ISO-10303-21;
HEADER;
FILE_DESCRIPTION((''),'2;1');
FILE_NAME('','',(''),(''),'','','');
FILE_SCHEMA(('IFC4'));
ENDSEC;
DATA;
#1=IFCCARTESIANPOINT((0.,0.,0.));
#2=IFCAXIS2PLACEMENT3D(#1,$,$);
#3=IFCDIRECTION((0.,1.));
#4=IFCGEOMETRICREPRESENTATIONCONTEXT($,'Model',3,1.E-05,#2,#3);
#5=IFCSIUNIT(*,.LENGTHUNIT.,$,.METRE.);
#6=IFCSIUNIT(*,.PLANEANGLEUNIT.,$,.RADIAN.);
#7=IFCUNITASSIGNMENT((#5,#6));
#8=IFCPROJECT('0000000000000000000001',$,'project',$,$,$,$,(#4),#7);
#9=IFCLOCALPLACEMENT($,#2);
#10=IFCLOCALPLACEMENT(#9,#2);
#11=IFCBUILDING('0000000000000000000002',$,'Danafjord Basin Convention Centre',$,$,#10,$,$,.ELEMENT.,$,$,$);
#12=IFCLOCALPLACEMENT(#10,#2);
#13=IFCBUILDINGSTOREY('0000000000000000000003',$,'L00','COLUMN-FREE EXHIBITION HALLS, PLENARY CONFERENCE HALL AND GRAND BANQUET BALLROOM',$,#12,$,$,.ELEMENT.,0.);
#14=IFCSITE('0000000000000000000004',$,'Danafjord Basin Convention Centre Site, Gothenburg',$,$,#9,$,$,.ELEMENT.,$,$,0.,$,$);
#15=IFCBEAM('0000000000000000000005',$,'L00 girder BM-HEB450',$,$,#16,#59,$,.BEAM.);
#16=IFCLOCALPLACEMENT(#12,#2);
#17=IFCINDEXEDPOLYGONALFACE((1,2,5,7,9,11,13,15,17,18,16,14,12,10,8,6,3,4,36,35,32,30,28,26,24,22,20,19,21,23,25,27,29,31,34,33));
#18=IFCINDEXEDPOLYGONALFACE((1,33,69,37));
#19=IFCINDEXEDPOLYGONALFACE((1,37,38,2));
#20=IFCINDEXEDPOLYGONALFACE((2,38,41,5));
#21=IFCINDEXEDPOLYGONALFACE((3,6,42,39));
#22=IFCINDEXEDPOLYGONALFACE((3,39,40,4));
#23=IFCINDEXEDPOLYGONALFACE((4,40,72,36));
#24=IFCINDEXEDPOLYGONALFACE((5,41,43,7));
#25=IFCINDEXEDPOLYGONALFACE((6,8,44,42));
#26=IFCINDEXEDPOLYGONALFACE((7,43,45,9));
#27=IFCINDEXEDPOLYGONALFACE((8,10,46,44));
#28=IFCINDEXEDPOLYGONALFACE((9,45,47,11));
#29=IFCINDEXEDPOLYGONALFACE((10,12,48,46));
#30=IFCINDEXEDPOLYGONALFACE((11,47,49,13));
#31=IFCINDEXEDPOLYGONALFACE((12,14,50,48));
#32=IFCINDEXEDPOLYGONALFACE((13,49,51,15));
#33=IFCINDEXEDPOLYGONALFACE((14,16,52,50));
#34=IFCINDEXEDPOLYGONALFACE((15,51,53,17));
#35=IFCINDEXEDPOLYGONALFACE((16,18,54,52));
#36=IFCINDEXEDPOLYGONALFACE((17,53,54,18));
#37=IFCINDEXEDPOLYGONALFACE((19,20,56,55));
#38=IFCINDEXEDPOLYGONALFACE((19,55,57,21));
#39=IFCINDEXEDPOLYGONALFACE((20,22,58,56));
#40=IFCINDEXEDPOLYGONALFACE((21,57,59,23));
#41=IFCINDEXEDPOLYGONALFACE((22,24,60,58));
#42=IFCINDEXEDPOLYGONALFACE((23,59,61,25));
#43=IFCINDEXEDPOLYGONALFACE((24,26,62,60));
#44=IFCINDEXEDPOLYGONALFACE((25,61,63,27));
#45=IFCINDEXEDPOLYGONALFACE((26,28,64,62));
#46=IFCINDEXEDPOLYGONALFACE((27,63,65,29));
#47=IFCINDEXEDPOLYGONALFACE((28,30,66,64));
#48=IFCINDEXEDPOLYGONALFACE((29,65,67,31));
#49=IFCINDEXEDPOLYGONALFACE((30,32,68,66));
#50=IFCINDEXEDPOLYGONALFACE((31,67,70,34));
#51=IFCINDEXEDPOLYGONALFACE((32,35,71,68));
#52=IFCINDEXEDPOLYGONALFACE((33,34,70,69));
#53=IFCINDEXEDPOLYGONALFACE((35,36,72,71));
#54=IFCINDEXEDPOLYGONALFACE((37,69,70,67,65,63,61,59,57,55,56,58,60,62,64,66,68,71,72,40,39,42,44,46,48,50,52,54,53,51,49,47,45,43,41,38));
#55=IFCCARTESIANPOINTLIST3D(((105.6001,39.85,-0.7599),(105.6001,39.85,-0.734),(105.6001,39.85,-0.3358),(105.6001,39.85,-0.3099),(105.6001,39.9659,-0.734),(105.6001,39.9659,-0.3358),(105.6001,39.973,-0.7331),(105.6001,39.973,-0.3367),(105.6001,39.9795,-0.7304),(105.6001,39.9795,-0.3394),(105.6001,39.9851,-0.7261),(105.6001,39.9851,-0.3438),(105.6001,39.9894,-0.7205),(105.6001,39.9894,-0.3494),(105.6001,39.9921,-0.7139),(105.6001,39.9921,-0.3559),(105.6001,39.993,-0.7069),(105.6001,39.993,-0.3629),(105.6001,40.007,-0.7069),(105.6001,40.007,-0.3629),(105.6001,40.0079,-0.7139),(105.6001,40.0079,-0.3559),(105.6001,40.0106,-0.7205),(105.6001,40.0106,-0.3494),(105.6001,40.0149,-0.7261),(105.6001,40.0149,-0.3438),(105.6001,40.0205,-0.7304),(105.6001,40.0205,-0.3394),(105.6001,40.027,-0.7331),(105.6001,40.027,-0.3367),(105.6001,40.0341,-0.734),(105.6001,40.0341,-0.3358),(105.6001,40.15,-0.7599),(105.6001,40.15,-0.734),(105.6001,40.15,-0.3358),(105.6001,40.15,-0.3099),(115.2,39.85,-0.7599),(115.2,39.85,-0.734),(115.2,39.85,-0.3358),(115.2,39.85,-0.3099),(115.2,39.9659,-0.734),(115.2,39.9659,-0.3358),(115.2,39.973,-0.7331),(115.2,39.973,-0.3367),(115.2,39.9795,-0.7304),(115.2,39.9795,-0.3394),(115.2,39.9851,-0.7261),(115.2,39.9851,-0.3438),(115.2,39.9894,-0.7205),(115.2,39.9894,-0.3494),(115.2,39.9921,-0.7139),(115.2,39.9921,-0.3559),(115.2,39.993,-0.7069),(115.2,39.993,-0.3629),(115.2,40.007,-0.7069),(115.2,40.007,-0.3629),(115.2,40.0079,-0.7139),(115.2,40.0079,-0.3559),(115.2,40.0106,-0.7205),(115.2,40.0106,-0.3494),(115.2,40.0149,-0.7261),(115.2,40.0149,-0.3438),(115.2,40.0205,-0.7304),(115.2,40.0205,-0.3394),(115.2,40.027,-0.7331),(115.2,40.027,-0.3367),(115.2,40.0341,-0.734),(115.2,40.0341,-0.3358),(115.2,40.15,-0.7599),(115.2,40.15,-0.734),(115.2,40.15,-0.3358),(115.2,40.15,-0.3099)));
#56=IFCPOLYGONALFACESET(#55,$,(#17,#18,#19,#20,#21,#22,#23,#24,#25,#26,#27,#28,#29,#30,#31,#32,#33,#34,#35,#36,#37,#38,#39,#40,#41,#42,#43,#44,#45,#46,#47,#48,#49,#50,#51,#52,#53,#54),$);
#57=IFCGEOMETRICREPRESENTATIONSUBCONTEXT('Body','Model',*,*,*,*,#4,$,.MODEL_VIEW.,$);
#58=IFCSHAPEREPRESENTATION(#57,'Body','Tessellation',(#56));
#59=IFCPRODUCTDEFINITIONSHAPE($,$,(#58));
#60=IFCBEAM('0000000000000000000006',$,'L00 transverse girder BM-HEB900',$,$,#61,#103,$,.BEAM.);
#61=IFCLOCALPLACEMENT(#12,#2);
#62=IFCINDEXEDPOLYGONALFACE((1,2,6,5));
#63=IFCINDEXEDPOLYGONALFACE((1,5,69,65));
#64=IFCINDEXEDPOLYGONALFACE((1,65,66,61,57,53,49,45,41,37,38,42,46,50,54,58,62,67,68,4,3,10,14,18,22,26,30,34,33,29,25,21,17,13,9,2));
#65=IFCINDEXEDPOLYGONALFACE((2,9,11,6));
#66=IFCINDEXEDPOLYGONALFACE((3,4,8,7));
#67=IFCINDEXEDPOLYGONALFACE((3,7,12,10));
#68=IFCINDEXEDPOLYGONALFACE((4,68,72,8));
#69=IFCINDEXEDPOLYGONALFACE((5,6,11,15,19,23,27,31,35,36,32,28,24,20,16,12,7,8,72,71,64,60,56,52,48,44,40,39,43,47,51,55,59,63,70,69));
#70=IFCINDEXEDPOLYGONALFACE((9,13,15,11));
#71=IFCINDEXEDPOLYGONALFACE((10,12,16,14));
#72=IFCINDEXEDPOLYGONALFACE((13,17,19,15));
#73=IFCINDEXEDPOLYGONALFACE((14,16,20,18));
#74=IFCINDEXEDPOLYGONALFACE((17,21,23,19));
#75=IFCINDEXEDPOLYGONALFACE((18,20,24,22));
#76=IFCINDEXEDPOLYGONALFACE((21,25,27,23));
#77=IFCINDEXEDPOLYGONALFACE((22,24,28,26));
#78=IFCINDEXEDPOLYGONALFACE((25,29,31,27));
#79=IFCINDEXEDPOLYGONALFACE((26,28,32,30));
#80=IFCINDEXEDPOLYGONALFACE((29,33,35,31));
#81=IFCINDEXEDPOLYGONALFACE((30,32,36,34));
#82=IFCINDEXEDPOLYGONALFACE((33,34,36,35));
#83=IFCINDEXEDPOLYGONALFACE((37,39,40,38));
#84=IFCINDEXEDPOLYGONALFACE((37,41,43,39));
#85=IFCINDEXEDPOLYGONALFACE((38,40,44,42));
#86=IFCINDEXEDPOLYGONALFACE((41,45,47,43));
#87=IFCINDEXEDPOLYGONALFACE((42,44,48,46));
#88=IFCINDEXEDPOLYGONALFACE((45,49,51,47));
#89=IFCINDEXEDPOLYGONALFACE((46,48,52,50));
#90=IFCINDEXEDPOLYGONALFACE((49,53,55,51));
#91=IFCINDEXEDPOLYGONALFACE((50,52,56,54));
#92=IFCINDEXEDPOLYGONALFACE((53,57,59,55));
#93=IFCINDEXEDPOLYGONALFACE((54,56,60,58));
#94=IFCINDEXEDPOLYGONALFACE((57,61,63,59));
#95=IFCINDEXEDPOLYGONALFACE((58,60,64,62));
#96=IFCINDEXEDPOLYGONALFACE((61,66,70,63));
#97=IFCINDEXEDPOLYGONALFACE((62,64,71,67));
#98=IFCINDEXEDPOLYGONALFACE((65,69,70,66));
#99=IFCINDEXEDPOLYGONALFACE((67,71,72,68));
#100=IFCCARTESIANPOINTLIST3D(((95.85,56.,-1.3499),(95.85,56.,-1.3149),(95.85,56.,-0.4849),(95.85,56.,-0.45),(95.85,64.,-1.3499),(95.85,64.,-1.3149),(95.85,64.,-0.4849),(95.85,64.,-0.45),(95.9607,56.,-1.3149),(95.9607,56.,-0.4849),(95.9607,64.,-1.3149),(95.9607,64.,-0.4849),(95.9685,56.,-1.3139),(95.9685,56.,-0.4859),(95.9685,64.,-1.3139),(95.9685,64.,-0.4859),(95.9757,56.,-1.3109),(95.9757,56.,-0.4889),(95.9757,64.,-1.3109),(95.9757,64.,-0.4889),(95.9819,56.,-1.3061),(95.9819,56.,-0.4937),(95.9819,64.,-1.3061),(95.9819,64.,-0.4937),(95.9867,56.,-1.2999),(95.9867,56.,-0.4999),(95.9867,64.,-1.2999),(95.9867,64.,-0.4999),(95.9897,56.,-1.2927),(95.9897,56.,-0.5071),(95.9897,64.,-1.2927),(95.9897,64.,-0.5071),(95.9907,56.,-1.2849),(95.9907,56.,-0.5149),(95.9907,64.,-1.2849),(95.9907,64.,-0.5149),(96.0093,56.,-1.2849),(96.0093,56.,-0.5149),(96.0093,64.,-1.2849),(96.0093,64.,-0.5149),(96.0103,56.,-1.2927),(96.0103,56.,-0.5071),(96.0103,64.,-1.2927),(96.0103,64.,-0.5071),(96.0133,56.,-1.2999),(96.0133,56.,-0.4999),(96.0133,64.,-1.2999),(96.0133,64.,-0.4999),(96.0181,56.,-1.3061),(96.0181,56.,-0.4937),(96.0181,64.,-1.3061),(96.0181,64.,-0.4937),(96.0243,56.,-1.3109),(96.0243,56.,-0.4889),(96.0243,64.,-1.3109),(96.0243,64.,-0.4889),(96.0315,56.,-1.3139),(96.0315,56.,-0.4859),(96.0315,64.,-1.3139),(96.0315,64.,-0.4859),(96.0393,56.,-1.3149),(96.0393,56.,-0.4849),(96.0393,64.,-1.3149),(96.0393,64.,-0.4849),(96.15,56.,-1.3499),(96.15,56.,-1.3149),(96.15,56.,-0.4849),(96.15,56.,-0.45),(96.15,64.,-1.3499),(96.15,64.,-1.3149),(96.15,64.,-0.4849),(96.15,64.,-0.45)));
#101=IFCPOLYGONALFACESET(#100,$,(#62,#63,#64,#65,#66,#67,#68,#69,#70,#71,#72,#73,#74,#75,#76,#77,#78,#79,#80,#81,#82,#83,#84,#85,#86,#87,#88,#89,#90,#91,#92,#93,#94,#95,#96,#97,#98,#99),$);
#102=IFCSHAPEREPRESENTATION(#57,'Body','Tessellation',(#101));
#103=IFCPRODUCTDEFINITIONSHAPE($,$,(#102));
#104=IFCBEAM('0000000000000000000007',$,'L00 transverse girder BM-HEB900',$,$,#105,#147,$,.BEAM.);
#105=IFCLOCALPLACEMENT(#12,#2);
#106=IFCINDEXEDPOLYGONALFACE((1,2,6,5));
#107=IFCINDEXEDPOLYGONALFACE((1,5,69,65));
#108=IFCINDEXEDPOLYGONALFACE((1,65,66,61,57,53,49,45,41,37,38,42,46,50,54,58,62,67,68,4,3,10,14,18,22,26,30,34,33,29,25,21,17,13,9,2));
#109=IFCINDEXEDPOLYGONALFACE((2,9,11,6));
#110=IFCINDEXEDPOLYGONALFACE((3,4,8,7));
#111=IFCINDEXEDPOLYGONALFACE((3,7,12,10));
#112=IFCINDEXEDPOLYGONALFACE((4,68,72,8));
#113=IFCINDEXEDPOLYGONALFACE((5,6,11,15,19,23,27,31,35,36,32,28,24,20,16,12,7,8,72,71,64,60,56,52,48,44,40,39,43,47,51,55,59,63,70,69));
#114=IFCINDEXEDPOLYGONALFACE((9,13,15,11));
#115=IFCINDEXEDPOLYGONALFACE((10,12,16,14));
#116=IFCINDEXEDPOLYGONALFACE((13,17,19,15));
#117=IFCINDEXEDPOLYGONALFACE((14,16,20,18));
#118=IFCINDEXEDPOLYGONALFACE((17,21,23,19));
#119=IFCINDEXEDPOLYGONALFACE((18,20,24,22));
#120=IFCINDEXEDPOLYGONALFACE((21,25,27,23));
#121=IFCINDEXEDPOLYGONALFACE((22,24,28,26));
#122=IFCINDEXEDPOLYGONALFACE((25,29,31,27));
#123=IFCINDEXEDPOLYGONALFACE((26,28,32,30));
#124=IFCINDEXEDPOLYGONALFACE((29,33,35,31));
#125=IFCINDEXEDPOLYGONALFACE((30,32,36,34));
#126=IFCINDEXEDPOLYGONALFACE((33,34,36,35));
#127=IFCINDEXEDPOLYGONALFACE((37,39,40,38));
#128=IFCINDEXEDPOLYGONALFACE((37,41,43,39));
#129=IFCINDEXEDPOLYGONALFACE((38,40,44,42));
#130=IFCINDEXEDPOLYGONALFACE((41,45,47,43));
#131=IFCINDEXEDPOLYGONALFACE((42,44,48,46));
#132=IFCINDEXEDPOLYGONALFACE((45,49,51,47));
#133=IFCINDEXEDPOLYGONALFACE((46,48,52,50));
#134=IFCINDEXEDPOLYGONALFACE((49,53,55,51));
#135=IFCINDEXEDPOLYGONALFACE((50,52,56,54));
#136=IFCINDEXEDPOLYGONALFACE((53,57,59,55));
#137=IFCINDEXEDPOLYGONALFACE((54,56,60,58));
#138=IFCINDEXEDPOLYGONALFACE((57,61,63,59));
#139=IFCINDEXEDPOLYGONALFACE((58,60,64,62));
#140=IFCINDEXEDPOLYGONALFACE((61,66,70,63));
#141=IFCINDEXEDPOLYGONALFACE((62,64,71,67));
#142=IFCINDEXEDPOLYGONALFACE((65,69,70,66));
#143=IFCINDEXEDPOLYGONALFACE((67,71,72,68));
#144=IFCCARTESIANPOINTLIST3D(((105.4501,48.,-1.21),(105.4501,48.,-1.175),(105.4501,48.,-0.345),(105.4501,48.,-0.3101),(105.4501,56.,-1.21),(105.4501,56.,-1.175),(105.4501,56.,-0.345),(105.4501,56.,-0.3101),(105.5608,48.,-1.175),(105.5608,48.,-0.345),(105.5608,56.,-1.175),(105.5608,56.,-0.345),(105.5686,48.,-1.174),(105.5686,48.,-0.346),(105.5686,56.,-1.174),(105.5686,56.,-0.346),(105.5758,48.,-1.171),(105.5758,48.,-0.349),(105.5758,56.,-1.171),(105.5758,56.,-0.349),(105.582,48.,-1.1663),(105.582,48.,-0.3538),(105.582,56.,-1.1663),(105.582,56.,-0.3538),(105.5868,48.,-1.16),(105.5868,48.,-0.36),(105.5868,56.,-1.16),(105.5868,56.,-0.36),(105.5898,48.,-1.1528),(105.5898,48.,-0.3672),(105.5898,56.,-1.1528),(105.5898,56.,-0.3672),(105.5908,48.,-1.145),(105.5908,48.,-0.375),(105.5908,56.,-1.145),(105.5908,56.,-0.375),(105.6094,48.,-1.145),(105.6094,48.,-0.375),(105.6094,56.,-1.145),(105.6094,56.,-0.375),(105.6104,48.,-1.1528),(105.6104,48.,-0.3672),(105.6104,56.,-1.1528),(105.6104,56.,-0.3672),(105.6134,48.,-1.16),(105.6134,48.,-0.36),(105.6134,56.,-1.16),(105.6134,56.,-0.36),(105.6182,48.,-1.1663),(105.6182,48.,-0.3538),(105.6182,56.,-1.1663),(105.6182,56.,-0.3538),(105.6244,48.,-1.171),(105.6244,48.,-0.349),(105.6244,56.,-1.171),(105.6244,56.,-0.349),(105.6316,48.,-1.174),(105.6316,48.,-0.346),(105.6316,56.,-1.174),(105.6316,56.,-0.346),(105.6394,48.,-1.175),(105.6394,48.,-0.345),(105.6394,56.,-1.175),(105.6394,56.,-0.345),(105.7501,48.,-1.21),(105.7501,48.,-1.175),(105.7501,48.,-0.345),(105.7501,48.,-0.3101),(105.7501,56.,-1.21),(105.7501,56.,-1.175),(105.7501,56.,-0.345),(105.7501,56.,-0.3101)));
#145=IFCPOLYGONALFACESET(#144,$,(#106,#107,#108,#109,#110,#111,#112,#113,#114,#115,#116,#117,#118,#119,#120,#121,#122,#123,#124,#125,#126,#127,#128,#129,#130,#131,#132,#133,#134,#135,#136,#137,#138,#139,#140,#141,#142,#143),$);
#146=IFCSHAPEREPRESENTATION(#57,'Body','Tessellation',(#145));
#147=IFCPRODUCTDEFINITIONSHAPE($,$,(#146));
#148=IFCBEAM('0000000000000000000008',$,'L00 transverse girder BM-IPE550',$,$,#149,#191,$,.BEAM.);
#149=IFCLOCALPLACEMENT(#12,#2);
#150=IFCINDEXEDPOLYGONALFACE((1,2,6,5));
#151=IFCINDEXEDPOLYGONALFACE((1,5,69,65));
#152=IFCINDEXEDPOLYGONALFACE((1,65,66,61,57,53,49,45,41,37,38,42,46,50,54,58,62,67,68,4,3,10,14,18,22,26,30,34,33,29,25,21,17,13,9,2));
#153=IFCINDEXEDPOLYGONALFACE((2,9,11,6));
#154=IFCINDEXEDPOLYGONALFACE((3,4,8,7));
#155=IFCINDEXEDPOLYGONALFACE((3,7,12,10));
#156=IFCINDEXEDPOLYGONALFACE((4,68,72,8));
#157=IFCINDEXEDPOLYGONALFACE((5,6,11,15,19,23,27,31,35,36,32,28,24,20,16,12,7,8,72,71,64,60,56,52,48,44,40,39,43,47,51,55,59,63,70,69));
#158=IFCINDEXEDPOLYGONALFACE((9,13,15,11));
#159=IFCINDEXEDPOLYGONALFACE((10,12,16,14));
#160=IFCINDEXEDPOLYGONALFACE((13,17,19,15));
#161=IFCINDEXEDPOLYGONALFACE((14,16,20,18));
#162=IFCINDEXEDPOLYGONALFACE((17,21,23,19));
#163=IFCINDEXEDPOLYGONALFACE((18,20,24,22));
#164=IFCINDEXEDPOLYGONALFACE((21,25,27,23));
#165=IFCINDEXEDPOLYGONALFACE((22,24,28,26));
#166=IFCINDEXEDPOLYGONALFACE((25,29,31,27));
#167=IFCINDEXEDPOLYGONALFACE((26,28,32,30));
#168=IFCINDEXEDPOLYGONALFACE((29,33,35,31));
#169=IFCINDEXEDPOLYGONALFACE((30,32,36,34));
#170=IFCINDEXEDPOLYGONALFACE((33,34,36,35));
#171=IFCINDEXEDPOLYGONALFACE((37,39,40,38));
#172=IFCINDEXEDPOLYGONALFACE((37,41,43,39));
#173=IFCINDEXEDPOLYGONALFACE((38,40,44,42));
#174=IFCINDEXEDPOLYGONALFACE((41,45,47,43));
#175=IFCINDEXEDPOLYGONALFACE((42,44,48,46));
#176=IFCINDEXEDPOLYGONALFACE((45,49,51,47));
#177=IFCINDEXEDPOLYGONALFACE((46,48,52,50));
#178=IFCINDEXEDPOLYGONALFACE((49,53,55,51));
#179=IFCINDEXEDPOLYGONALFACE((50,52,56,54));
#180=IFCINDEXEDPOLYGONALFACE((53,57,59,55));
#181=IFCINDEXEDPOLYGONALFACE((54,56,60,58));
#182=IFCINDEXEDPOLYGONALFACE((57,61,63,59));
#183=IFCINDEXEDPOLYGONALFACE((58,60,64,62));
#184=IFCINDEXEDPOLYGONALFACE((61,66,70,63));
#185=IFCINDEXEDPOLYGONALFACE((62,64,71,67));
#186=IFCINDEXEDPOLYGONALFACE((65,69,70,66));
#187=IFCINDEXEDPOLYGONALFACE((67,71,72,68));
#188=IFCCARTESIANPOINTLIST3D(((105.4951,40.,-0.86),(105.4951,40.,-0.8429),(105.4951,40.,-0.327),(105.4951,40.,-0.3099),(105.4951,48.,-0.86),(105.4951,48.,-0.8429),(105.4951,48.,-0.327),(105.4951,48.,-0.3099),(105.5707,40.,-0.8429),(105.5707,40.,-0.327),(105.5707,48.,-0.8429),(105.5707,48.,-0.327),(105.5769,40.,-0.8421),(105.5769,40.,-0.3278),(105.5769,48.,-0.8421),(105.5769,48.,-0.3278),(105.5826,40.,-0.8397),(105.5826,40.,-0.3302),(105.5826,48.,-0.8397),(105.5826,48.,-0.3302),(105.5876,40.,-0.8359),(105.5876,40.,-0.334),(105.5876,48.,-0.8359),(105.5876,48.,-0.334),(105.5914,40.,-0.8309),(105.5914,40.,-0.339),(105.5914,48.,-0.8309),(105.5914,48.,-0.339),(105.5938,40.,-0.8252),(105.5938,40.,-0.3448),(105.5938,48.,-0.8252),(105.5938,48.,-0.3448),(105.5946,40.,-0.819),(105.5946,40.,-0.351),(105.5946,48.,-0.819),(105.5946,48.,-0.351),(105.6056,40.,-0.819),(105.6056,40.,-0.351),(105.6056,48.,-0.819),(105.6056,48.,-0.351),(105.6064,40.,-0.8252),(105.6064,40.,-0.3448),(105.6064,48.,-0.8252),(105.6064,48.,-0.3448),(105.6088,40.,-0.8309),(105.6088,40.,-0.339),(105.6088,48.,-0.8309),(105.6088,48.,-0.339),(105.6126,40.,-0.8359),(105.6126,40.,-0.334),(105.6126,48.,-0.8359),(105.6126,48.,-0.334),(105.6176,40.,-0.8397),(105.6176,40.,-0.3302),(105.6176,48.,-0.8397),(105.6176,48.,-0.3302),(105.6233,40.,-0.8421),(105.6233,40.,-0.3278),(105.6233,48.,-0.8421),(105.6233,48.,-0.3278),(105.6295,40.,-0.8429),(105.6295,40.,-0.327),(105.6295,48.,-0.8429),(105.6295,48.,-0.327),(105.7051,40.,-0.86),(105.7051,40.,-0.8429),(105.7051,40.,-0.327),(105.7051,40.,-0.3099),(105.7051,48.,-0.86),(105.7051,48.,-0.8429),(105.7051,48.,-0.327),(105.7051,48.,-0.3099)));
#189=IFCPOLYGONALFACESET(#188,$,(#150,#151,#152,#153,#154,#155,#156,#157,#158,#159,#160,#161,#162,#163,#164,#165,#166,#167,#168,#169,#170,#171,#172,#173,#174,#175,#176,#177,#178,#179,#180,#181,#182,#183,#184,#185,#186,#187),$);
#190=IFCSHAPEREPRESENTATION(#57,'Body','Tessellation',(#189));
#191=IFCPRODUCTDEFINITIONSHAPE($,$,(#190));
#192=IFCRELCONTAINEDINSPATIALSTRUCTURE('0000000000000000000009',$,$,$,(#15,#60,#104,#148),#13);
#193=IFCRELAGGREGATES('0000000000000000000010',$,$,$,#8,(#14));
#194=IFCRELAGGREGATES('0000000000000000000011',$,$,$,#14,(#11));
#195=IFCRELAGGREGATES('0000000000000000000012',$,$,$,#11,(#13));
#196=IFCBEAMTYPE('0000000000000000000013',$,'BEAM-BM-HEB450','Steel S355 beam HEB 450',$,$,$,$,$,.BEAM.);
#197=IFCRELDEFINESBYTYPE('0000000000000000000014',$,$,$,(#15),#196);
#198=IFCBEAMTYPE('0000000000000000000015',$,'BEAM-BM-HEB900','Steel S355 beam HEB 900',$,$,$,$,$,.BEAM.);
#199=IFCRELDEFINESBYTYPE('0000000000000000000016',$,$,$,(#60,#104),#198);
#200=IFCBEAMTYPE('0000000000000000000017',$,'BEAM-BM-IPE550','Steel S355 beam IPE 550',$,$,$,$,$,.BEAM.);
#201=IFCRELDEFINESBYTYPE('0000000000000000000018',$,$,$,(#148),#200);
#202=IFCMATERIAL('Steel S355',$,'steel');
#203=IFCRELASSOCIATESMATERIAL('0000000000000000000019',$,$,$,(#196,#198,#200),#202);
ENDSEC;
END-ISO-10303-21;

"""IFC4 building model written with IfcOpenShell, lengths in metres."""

from ifc_helpers import new_model, si_unit, direction, frame, origin, origin_2d, place, context, subcontext, project, spatial, i_section, extrude, material, material_profile, profile_set, type_object, element, save


model = new_model("IFC4")

# Units and contexts
model_context = context("Model", 3, precision=1e-05, world=origin(), true_north=direction((0.0, 1.0)))
body_context = subcontext(model_context, "Body", "Model", "MODEL_VIEW")
ifc_project = project(units=[si_unit("LENGTHUNIT", "METRE"), si_unit("PLANEANGLEUNIT", "RADIAN")], contexts=[model_context])

# Site, building, storey
site_placement = place(None, origin())
site = spatial("IfcSite", under=ifc_project, at=site_placement, Name="Danafjord Basin Convention Centre Site, Gothenburg", CompositionType="ELEMENT", RefElevation=0.0)
building_placement = place(site_placement, origin())
building = spatial("IfcBuilding", under=site, at=building_placement, Name="Danafjord Basin Convention Centre", CompositionType="ELEMENT")
storey_placement = place(building_placement, origin())
storey = spatial("IfcBuildingStorey", under=building, at=storey_placement, Name="L00", Description="COLUMN-FREE EXHIBITION HALLS, PLENARY CONFERENCE HALL AND GRAND BANQUET BALLROOM", CompositionType="ELEMENT", Elevation=0.0)

# Shared definitions
ifc_material_1 = material(Name="Steel S355", Category="steel")

# Beams
ifc_material_profile_1 = material_profile(ifc_material_1, i_section(OverallWidth=0.3, OverallDepth=0.45, WebThickness=0.0139, FlangeThickness=0.0259, FilletRadius=0.0271, at=origin_2d()), Name="HEB 450")
ifc_profile_set_1 = profile_set([ifc_material_profile_1], Name="Steel S355")
beam_type_1 = type_object("IfcBeamType", Name="BEAM-BM-HEB450", Description="Steel S355 beam HEB 450", PredefinedType="BEAM", material=ifc_profile_set_1)
beam_1_placement = place(storey_placement, frame((105.6001, 40.0, -0.5349), z_axis=(1.0, 0.0, 0.0), x_axis=(0.0, 1.0, 0.0)))
element("IfcBeam", 1, at=beam_1_placement, inside=storey, type_object=beam_type_1, Name="L00 girder BM-HEB450", PredefinedType="BEAM", context=body_context, shape_type="SweptSolid", body=[
    extrude(i_section(OverallWidth=0.3, OverallDepth=0.45, WebThickness=0.0139, FlangeThickness=0.0259, FilletRadius=0.0271, at=origin_2d()), origin(), (0.0, 0.0, 1.0), 9.5999),
])
ifc_material_profile_2 = material_profile(ifc_material_1, i_section(OverallWidth=0.3, OverallDepth=0.8999, WebThickness=0.0186, FlangeThickness=0.0349, FilletRadius=0.03, at=origin_2d()), Name="HEB 900")
ifc_profile_set_2 = profile_set([ifc_material_profile_2], Name="Steel S355")
beam_type_2 = type_object("IfcBeamType", Name="BEAM-BM-HEB900", Description="Steel S355 beam HEB 900", PredefinedType="BEAM", material=ifc_profile_set_2)
for number, where, z_axis, x_axis, name in (
    (2, (96.0, 56.0, -0.8999), (0.0, 1.0, 0.0), (-1.0, 0.0, 0.0), "L00 transverse girder BM-HEB900"),
    (3, (105.6001, 48.0, -0.76), (0.0, 1.0, 0.0), (-1.0, 0.0, 0.0), "L00 transverse girder BM-HEB900"),
):
    element("IfcBeam", number, at=place(storey_placement, frame(where, z_axis=z_axis, x_axis=x_axis)), inside=storey, type_object=beam_type_2, Name=name, PredefinedType="BEAM", context=body_context, shape_type="SweptSolid", body=[
        extrude(i_section(OverallWidth=0.3, OverallDepth=0.8999, WebThickness=0.0186, FlangeThickness=0.0349, FilletRadius=0.03, at=origin_2d()), origin(), (0.0, 0.0, 1.0), 8.0),
    ])
ifc_material_profile_3 = material_profile(ifc_material_1, i_section(OverallWidth=0.21, OverallDepth=0.55, WebThickness=0.011, FlangeThickness=0.0171, FilletRadius=0.0239, at=origin_2d()), Name="IPE 550")
ifc_profile_set_3 = profile_set([ifc_material_profile_3], Name="Steel S355")
beam_type_3 = type_object("IfcBeamType", Name="BEAM-BM-IPE550", Description="Steel S355 beam IPE 550", PredefinedType="BEAM", material=ifc_profile_set_3)
beam_2_placement = place(storey_placement, frame((105.6001, 40.0, -0.585), z_axis=(0.0, 1.0, 0.0), x_axis=(-1.0, 0.0, 0.0)))
element("IfcBeam", 4, at=beam_2_placement, inside=storey, type_object=beam_type_3, Name="L00 transverse girder BM-IPE550", PredefinedType="BEAM", context=body_context, shape_type="SweptSolid", body=[
    extrude(i_section(OverallWidth=0.21, OverallDepth=0.55, WebThickness=0.011, FlangeThickness=0.0171, FilletRadius=0.0239, at=origin_2d()), origin(), (0.0, 0.0, 1.0), 8.0),
])

save(model, "model.ifc")
